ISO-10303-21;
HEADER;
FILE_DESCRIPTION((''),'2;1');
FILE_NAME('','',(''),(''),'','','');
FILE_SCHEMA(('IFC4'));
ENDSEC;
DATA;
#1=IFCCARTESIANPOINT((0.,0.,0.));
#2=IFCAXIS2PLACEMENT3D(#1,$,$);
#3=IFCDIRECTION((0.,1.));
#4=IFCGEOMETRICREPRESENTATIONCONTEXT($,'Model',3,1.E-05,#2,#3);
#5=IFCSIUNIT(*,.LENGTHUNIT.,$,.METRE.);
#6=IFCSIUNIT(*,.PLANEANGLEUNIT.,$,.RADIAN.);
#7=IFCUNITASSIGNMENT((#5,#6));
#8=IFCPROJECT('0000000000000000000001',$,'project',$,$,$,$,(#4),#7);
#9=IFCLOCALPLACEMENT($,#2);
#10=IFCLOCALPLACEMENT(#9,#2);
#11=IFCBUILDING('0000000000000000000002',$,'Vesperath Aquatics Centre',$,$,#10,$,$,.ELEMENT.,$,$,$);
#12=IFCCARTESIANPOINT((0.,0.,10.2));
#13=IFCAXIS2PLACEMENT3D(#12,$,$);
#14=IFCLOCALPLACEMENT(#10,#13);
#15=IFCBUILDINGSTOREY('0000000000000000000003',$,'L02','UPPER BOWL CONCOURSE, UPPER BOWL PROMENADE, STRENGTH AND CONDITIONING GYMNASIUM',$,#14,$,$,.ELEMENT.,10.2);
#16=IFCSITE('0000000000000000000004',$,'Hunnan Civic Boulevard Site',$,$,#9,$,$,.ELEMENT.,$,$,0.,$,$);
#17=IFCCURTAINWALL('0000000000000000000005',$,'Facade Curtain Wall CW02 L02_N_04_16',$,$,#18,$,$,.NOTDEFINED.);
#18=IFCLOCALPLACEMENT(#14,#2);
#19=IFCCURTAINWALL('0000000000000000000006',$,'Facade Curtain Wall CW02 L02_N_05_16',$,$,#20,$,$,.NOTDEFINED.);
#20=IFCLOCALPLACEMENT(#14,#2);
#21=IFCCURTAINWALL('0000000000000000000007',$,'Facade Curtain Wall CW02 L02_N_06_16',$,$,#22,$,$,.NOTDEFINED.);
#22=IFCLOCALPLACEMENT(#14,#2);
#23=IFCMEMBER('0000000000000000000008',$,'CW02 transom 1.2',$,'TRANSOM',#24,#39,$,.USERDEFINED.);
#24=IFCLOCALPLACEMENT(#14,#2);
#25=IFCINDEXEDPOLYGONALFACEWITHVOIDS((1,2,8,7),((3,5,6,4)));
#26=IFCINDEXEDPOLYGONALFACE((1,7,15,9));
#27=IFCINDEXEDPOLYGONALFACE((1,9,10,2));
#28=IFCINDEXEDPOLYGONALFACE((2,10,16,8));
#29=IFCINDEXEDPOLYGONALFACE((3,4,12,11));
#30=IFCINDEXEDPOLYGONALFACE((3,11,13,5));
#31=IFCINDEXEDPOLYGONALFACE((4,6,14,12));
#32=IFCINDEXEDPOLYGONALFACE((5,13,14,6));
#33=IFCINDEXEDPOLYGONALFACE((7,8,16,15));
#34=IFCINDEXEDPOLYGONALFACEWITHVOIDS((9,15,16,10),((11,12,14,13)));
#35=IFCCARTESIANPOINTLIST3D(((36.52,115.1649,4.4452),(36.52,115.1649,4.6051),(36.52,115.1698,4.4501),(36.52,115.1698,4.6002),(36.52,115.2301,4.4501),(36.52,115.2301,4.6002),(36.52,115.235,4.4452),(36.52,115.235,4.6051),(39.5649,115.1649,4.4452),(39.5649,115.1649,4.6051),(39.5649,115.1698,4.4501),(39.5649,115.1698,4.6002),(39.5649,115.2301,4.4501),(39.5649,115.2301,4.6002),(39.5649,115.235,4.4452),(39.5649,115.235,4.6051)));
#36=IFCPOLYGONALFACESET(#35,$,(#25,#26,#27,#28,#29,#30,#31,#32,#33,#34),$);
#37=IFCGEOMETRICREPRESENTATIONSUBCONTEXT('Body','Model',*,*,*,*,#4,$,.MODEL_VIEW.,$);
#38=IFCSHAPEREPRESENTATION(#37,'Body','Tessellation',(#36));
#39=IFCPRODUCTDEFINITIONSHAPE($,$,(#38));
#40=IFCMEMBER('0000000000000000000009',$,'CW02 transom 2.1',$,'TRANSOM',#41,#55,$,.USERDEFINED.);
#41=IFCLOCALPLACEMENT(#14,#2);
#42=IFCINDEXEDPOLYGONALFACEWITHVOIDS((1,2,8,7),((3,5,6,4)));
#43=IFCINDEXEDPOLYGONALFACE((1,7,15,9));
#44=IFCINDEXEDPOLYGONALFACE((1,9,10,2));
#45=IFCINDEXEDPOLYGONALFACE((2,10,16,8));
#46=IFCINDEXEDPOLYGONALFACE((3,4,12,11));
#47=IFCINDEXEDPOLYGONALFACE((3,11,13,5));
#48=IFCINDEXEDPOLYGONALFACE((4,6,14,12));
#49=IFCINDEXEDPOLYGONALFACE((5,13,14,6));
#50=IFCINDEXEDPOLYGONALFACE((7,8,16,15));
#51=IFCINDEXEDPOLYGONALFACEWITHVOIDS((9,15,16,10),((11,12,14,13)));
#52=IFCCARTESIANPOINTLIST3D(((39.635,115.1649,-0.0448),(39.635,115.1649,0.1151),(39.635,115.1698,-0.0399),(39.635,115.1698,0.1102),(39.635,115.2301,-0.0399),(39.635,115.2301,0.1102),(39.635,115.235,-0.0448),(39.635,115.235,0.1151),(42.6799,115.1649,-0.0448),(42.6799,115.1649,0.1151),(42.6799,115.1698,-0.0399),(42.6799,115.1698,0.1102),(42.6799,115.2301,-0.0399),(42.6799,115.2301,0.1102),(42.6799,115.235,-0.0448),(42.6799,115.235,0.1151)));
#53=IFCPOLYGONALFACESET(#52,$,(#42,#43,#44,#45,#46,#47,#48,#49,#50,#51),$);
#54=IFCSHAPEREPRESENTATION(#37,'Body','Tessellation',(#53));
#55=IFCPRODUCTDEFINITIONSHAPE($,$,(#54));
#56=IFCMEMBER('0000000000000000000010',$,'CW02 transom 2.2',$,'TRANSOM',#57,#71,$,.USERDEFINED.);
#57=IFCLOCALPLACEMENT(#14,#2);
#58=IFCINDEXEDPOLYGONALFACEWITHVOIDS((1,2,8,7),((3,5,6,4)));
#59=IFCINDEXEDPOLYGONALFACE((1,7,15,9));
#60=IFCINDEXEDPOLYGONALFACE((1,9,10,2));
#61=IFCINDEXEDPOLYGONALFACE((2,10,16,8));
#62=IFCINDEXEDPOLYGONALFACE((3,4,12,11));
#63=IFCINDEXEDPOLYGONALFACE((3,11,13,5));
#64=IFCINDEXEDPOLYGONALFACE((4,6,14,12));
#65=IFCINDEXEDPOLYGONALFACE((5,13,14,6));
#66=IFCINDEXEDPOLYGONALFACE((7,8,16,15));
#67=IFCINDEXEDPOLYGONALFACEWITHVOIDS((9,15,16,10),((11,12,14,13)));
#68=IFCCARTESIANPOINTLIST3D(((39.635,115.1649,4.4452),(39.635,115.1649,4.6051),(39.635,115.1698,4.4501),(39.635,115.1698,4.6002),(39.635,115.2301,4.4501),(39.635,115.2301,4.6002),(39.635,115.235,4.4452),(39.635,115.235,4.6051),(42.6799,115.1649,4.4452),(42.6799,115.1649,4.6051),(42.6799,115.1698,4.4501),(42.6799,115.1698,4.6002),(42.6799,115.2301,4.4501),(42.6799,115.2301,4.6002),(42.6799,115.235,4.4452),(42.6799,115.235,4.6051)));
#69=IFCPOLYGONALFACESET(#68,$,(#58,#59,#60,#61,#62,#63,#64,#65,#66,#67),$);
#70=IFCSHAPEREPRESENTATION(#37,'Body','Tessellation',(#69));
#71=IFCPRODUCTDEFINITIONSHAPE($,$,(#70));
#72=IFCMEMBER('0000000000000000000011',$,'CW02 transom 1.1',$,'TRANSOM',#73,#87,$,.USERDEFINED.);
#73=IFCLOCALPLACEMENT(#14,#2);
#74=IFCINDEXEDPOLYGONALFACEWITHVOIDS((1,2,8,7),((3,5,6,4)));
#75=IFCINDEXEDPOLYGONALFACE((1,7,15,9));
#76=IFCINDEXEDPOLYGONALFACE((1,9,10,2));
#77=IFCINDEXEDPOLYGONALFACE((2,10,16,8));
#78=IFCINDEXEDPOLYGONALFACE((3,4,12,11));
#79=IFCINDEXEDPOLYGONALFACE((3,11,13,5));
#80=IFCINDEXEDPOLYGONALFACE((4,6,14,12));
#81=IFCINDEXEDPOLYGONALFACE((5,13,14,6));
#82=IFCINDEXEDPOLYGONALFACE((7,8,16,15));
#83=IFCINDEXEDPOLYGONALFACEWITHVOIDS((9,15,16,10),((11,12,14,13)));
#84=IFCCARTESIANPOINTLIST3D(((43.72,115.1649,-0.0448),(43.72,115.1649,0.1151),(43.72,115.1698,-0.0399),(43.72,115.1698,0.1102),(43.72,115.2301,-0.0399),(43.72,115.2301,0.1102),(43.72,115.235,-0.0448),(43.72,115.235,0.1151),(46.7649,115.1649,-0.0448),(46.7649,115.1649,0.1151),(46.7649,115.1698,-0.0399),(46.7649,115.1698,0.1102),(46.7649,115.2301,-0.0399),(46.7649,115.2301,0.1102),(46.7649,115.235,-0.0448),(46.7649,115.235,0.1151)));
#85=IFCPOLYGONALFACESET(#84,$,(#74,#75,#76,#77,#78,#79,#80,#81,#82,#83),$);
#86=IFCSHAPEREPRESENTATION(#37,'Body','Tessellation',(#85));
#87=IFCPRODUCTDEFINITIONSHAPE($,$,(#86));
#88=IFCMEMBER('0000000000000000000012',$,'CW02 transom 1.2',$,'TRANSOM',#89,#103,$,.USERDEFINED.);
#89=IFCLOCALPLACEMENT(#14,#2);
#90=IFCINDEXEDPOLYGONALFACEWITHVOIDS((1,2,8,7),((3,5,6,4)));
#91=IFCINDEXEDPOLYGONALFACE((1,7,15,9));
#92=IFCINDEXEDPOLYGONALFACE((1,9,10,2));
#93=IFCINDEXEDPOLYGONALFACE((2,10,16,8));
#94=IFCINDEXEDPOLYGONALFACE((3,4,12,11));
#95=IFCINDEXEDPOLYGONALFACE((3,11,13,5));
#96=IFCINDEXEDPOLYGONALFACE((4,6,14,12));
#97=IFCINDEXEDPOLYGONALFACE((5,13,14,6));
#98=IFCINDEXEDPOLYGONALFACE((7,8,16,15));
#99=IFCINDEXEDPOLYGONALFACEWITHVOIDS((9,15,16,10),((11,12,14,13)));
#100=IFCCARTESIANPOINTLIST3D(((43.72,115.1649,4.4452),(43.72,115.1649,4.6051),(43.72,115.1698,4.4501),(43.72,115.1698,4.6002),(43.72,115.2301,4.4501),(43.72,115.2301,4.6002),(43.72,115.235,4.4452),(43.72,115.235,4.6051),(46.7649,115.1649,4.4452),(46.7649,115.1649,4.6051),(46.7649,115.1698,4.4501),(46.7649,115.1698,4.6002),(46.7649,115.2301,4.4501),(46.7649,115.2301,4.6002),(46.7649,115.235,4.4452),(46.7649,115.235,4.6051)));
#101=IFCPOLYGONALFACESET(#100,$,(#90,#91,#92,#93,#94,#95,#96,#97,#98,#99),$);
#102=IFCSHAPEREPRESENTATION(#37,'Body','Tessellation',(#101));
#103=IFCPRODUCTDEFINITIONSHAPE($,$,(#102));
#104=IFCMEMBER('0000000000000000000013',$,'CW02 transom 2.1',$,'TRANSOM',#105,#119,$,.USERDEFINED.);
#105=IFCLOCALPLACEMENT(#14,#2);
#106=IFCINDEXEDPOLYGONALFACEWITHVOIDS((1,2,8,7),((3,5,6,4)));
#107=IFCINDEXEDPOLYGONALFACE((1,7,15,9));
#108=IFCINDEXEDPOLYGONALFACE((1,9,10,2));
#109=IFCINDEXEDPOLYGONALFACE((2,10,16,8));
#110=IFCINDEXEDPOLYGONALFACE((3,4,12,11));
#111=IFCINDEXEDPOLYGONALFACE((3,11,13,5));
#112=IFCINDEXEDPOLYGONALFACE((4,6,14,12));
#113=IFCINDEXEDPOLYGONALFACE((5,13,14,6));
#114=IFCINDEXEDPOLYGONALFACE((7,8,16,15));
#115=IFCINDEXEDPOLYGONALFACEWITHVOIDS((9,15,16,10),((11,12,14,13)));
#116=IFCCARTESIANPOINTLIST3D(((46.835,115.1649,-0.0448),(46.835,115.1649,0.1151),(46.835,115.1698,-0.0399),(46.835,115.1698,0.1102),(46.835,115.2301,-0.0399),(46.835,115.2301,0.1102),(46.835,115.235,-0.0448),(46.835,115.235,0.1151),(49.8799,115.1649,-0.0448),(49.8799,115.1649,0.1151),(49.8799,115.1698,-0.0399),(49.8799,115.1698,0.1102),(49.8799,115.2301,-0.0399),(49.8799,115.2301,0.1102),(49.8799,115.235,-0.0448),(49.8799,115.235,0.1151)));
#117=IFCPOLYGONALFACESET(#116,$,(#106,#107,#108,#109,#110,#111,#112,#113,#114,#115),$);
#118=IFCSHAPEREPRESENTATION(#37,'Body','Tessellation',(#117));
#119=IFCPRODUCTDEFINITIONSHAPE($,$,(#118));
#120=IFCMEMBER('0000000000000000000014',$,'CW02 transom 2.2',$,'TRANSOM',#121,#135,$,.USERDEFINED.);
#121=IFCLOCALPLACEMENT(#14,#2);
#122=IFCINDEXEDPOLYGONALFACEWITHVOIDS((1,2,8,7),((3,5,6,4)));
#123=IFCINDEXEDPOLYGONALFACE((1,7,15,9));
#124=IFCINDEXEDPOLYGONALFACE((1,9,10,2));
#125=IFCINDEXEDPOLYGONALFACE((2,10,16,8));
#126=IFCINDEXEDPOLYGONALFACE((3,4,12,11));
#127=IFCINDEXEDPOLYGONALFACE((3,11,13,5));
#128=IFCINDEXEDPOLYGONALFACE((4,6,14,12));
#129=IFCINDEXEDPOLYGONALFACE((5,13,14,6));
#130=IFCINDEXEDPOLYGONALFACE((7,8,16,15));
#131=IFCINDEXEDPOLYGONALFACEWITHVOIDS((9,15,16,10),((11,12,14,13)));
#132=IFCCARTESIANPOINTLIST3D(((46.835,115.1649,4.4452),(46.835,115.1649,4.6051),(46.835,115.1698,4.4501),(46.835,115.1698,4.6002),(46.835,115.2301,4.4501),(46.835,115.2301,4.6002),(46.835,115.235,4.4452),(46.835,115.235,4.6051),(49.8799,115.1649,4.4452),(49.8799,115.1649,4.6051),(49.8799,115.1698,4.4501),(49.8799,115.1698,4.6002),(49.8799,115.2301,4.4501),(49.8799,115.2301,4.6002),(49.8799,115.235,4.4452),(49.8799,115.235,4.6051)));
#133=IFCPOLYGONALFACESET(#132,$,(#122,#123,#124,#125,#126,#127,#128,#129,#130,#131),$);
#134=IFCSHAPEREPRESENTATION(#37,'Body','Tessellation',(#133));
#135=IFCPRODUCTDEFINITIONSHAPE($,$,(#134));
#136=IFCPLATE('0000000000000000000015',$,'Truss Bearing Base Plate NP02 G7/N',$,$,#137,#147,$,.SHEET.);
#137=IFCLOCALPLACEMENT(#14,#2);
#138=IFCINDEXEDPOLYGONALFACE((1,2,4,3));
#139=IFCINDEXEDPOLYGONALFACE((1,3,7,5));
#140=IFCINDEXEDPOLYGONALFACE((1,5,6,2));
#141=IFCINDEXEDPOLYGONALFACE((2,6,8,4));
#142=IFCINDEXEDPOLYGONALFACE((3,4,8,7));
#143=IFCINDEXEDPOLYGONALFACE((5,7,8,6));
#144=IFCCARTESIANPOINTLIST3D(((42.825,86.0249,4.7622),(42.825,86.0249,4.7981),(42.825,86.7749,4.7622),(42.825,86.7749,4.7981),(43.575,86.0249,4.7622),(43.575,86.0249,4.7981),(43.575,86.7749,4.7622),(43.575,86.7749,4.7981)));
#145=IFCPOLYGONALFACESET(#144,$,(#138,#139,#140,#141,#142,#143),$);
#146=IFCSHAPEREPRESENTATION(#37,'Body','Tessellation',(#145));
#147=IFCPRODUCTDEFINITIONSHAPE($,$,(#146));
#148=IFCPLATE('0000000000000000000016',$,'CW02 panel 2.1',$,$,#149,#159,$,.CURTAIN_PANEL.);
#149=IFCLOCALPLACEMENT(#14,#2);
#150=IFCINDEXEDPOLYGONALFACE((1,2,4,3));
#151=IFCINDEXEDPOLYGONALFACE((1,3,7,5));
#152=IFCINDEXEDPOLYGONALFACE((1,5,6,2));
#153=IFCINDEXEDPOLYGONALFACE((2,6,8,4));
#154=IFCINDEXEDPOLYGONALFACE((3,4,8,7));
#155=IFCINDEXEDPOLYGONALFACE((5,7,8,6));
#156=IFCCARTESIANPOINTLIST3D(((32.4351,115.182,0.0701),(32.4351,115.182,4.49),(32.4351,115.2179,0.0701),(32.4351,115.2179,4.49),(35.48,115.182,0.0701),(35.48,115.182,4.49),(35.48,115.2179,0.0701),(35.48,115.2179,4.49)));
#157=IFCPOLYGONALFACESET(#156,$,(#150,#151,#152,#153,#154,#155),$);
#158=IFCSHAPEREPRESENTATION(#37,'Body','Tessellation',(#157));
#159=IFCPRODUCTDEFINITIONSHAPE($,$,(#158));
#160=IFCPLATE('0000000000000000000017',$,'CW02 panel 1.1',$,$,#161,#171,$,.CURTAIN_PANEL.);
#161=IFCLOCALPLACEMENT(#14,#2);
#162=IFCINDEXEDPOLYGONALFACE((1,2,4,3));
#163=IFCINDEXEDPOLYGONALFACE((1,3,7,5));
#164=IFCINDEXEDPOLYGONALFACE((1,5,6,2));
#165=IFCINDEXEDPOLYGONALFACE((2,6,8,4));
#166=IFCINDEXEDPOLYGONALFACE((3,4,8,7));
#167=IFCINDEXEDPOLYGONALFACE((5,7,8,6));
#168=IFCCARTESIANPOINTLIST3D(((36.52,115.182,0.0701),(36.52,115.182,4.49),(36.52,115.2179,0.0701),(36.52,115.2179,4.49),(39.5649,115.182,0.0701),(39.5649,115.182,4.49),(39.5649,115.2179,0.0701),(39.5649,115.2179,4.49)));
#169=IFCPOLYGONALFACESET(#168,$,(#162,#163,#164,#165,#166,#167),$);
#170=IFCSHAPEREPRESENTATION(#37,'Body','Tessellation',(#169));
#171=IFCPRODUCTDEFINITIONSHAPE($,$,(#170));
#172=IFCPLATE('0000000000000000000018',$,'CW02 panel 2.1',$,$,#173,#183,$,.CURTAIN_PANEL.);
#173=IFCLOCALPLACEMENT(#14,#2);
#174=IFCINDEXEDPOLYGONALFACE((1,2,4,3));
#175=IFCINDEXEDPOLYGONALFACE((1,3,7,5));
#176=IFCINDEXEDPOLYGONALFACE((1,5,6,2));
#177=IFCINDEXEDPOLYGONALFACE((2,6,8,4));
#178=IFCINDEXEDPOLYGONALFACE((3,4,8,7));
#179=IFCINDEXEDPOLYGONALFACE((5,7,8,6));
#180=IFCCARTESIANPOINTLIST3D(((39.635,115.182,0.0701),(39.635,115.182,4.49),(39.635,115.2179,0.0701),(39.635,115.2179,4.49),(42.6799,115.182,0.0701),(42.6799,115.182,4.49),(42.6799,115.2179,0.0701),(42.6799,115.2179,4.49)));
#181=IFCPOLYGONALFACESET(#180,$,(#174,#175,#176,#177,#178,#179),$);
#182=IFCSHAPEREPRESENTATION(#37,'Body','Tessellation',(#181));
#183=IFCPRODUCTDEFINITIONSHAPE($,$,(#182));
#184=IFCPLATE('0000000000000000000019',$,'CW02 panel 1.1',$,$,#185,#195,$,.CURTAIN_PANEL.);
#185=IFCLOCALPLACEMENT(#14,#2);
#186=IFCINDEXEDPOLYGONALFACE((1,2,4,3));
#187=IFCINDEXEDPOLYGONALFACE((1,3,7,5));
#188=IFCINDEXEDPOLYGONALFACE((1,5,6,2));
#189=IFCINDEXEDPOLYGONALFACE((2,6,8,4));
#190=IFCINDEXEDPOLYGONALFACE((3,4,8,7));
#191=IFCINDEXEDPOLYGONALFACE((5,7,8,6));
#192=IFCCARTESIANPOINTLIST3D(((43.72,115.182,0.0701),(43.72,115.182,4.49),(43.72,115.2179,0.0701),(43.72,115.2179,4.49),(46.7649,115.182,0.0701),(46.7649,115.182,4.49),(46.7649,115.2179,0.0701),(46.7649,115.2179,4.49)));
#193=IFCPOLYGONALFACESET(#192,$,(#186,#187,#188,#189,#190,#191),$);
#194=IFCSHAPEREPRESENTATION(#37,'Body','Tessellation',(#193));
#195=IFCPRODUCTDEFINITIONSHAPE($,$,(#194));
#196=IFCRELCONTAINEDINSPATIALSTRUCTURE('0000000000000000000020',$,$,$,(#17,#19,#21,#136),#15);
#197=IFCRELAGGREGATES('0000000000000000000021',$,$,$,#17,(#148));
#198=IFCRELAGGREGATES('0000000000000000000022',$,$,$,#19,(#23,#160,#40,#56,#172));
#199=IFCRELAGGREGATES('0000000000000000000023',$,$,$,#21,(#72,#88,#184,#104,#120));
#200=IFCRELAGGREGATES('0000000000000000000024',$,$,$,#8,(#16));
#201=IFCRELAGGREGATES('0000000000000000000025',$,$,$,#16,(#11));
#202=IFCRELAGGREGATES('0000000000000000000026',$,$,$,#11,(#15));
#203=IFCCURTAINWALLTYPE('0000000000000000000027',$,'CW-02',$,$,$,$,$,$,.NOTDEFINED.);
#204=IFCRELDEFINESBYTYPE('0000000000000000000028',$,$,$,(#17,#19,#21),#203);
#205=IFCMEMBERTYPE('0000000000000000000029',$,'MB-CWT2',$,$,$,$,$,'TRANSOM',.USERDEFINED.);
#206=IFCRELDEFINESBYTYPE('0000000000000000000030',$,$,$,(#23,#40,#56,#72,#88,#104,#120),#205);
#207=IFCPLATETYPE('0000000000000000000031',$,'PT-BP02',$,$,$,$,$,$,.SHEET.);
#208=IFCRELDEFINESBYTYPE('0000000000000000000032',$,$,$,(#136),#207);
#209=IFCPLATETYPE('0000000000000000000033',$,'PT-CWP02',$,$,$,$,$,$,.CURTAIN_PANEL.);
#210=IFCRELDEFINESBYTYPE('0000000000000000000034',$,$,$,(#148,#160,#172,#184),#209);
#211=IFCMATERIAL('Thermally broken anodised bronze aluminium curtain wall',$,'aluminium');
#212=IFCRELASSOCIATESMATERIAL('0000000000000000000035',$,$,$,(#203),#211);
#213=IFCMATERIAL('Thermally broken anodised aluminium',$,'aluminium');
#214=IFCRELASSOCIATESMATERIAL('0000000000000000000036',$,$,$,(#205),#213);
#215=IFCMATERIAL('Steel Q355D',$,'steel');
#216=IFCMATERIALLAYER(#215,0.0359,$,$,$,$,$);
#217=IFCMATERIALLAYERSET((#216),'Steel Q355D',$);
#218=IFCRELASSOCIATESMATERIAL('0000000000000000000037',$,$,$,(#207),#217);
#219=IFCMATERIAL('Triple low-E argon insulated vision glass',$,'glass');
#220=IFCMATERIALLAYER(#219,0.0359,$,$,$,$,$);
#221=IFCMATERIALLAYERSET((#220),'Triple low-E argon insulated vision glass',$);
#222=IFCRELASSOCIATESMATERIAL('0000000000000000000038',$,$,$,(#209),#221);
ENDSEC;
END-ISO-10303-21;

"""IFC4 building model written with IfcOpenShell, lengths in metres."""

from ifc_helpers import new_model, si_unit, direction, frame, origin, origin_2d, place, context, subcontext, project, spatial, rectangle, hollow_rectangle, extrude, material, layer, layer_set, material_profile, profile_set, type_object, element, aggregate, save


model = new_model("IFC4")

# Units and contexts
model_context = context("Model", 3, precision=1e-05, world=origin(), true_north=direction((0.0, 1.0)))
body_context = subcontext(model_context, "Body", "Model", "MODEL_VIEW")
ifc_project = project(units=[si_unit("LENGTHUNIT", "METRE"), si_unit("PLANEANGLEUNIT", "RADIAN")], contexts=[model_context])

# Site, building, storey
site_placement = place(None, origin())
site = spatial("IfcSite", under=ifc_project, at=site_placement, Name="Hunnan Civic Boulevard Site", CompositionType="ELEMENT", RefElevation=0.0)
building_placement = place(site_placement, origin())
building = spatial("IfcBuilding", under=site, at=building_placement, Name="Vesperath Aquatics Centre", CompositionType="ELEMENT")
storey_placement = place(building_placement, frame((0.0, 0.0, 10.2)))
storey = spatial("IfcBuildingStorey", under=building, at=storey_placement, Name="L02", Description="UPPER BOWL CONCOURSE, UPPER BOWL PROMENADE, STRENGTH AND CONDITIONING GYMNASIUM", CompositionType="ELEMENT", Elevation=10.2)

# Shared definitions
ifc_material_1 = material(Name="Steel Q355D", Category="steel")

# Curtain walls
ifc_material_2 = material(Name="Thermally broken anodised bronze aluminium curtain wall", Category="aluminium")
curtain_wall_type = type_object("IfcCurtainWallType", Name="CW-02", PredefinedType="NOTDEFINED", material=ifc_material_2)
curtain_wall_1_placement = place(storey_placement, origin())
curtain_wall_1 = element("IfcCurtainWall", 1, at=curtain_wall_1_placement, inside=storey, type_object=curtain_wall_type, Name="Facade Curtain Wall CW02 L02_N_04_16", PredefinedType="NOTDEFINED")
ifc_material_3 = material(Name="Thermally broken anodised aluminium", Category="aluminium")
curtain_wall_2_placement = place(storey_placement, origin())
curtain_wall_2 = element("IfcCurtainWall", 2, at=curtain_wall_2_placement, inside=storey, type_object=curtain_wall_type, Name="Facade Curtain Wall CW02 L02_N_05_16", PredefinedType="NOTDEFINED")
curtain_wall_3_placement = place(storey_placement, origin())
curtain_wall_3 = element("IfcCurtainWall", 3, at=curtain_wall_3_placement, inside=storey, type_object=curtain_wall_type, Name="Facade Curtain Wall CW02 L02_N_06_16", PredefinedType="NOTDEFINED")

# Members
ifc_material_profile_1 = material_profile(ifc_material_3, hollow_rectangle(XDim=0.0701, YDim=0.1599, WallThickness=0.0049, at=origin_2d()), Name="CWT 70x160x5")
ifc_profile_set_1 = profile_set([ifc_material_profile_1], Name="Thermally broken anodised aluminium")
member_type_1 = type_object("IfcMemberType", Name="MB-CWT2", ElementType="TRANSOM", PredefinedType="USERDEFINED", material=ifc_profile_set_1)
member_1_placement = place(storey_placement, frame((36.52, 115.2, 4.5251), z_axis=(1.0, 0.0, 0.0), x_axis=(0.0, 1.0, 0.0)))
member_1 = element("IfcMember", 4, at=member_1_placement, type_object=member_type_1, Name="CW02 transom 1.2", ObjectType="TRANSOM", PredefinedType="USERDEFINED", context=body_context, shape_type="SweptSolid", body=[
    extrude(hollow_rectangle(XDim=0.0701, YDim=0.1599, WallThickness=0.0049, at=origin_2d()), origin(), (0.0, 0.0, 1.0), 3.0449),
])
member_2_placement = place(storey_placement, frame((39.635, 115.2, 0.0352), z_axis=(1.0, 0.0, 0.0), x_axis=(0.0, 1.0, 0.0)))
member_2 = element("IfcMember", 5, at=member_2_placement, type_object=member_type_1, Name="CW02 transom 2.1", ObjectType="TRANSOM", PredefinedType="USERDEFINED", context=body_context, shape_type="SweptSolid", body=[
    extrude(hollow_rectangle(XDim=0.0701, YDim=0.1599, WallThickness=0.0049, at=origin_2d()), origin(), (0.0, 0.0, 1.0), 3.0449),
])
member_3_placement = place(storey_placement, frame((39.635, 115.2, 4.5251), z_axis=(1.0, 0.0, 0.0), x_axis=(0.0, 1.0, 0.0)))
member_3 = element("IfcMember", 6, at=member_3_placement, type_object=member_type_1, Name="CW02 transom 2.2", ObjectType="TRANSOM", PredefinedType="USERDEFINED", context=body_context, shape_type="SweptSolid", body=[
    extrude(hollow_rectangle(XDim=0.0701, YDim=0.1599, WallThickness=0.0049, at=origin_2d()), origin(), (0.0, 0.0, 1.0), 3.0449),
])
member_4_placement = place(storey_placement, frame((43.72, 115.2, 0.0352), z_axis=(1.0, 0.0, 0.0), x_axis=(0.0, 1.0, 0.0)))
member_4 = element("IfcMember", 7, at=member_4_placement, type_object=member_type_1, Name="CW02 transom 1.1", ObjectType="TRANSOM", PredefinedType="USERDEFINED", context=body_context, shape_type="SweptSolid", body=[
    extrude(hollow_rectangle(XDim=0.0701, YDim=0.1599, WallThickness=0.0049, at=origin_2d()), origin(), (0.0, 0.0, 1.0), 3.0449),
])
member_5_placement = place(storey_placement, frame((43.72, 115.2, 4.5251), z_axis=(1.0, 0.0, 0.0), x_axis=(0.0, 1.0, 0.0)))
member_5 = element("IfcMember", 8, at=member_5_placement, type_object=member_type_1, Name="CW02 transom 1.2", ObjectType="TRANSOM", PredefinedType="USERDEFINED", context=body_context, shape_type="SweptSolid", body=[
    extrude(hollow_rectangle(XDim=0.0701, YDim=0.1599, WallThickness=0.0049, at=origin_2d()), origin(), (0.0, 0.0, 1.0), 3.0449),
])
member_6_placement = place(storey_placement, frame((46.835, 115.2, 0.0352), z_axis=(1.0, 0.0, 0.0), x_axis=(0.0, 1.0, 0.0)))
member_6 = element("IfcMember", 9, at=member_6_placement, type_object=member_type_1, Name="CW02 transom 2.1", ObjectType="TRANSOM", PredefinedType="USERDEFINED", context=body_context, shape_type="SweptSolid", body=[
    extrude(hollow_rectangle(XDim=0.0701, YDim=0.1599, WallThickness=0.0049, at=origin_2d()), origin(), (0.0, 0.0, 1.0), 3.0449),
])
member_7_placement = place(storey_placement, frame((46.835, 115.2, 4.5251), z_axis=(1.0, 0.0, 0.0), x_axis=(0.0, 1.0, 0.0)))
member_7 = element("IfcMember", 10, at=member_7_placement, type_object=member_type_1, Name="CW02 transom 2.2", ObjectType="TRANSOM", PredefinedType="USERDEFINED", context=body_context, shape_type="SweptSolid", body=[
    extrude(hollow_rectangle(XDim=0.0701, YDim=0.1599, WallThickness=0.0049, at=origin_2d()), origin(), (0.0, 0.0, 1.0), 3.0449),
])

# Plates
ifc_layer_1 = layer(ifc_material_1, 0.0359)
ifc_layer_set_1 = layer_set([ifc_layer_1], Name="Steel Q355D")
plate_type_1 = type_object("IfcPlateType", Name="PT-BP02", PredefinedType="SHEET", material=ifc_layer_set_1)
plate_1_placement = place(storey_placement, frame((43.2, 86.3999, 4.7622), z_axis=(0.0, 0.0, 1.0), x_axis=(1.0, 0.0, 0.0)))
element("IfcPlate", 11, at=plate_1_placement, inside=storey, type_object=plate_type_1, Name="Truss Bearing Base Plate NP02 G7/N", PredefinedType="SHEET", context=body_context, shape_type="SweptSolid", body=[
    extrude(rectangle(XDim=0.75, YDim=0.75, at=origin_2d()), origin(), (0.0, 0.0, 1.0), 0.0359),
])
ifc_material_4 = material(Name="Triple low-E argon insulated vision glass", Category="glass")
ifc_layer_2 = layer(ifc_material_4, 0.0359)
ifc_layer_set_2 = layer_set([ifc_layer_2], Name="Triple low-E argon insulated vision glass")
plate_type_2 = type_object("IfcPlateType", Name="PT-CWP02", PredefinedType="CURTAIN_PANEL", material=ifc_layer_set_2)
plate_2_placement = place(storey_placement, frame((33.9575, 115.2, 0.0701), z_axis=(0.0, 0.0, 1.0), x_axis=(1.0, 0.0, 0.0)))
plate_2 = element("IfcPlate", 12, at=plate_2_placement, type_object=plate_type_2, Name="CW02 panel 2.1", PredefinedType="CURTAIN_PANEL", context=body_context, shape_type="SweptSolid", body=[
    extrude(rectangle(XDim=3.0449, YDim=0.0359, at=origin_2d()), origin(), (0.0, 0.0, 1.0), 4.4199),
])
aggregate(curtain_wall_1, [plate_2])
plate_3_placement = place(storey_placement, frame((38.0425, 115.2, 0.0701), z_axis=(0.0, 0.0, 1.0), x_axis=(1.0, 0.0, 0.0)))
plate_3 = element("IfcPlate", 13, at=plate_3_placement, type_object=plate_type_2, Name="CW02 panel 1.1", PredefinedType="CURTAIN_PANEL", context=body_context, shape_type="SweptSolid", body=[
    extrude(rectangle(XDim=3.0449, YDim=0.0359, at=origin_2d()), origin(), (0.0, 0.0, 1.0), 4.4199),
])
plate_4_placement = place(storey_placement, frame((41.1575, 115.2, 0.0701), z_axis=(0.0, 0.0, 1.0), x_axis=(1.0, 0.0, 0.0)))
plate_4 = element("IfcPlate", 14, at=plate_4_placement, type_object=plate_type_2, Name="CW02 panel 2.1", PredefinedType="CURTAIN_PANEL", context=body_context, shape_type="SweptSolid", body=[
    extrude(rectangle(XDim=3.0449, YDim=0.0359, at=origin_2d()), origin(), (0.0, 0.0, 1.0), 4.4199),
])
aggregate(curtain_wall_2, [member_1, plate_3, member_2, member_3, plate_4])
plate_5_placement = place(storey_placement, frame((45.2424, 115.2, 0.0701), z_axis=(0.0, 0.0, 1.0), x_axis=(1.0, 0.0, 0.0)))
plate_5 = element("IfcPlate", 15, at=plate_5_placement, type_object=plate_type_2, Name="CW02 panel 1.1", PredefinedType="CURTAIN_PANEL", context=body_context, shape_type="SweptSolid", body=[
    extrude(rectangle(XDim=3.0449, YDim=0.0359, at=origin_2d()), origin(), (0.0, 0.0, 1.0), 4.4199),
])
aggregate(curtain_wall_3, [member_4, member_5, plate_5, member_6, member_7])

save(model, "model.ifc")
